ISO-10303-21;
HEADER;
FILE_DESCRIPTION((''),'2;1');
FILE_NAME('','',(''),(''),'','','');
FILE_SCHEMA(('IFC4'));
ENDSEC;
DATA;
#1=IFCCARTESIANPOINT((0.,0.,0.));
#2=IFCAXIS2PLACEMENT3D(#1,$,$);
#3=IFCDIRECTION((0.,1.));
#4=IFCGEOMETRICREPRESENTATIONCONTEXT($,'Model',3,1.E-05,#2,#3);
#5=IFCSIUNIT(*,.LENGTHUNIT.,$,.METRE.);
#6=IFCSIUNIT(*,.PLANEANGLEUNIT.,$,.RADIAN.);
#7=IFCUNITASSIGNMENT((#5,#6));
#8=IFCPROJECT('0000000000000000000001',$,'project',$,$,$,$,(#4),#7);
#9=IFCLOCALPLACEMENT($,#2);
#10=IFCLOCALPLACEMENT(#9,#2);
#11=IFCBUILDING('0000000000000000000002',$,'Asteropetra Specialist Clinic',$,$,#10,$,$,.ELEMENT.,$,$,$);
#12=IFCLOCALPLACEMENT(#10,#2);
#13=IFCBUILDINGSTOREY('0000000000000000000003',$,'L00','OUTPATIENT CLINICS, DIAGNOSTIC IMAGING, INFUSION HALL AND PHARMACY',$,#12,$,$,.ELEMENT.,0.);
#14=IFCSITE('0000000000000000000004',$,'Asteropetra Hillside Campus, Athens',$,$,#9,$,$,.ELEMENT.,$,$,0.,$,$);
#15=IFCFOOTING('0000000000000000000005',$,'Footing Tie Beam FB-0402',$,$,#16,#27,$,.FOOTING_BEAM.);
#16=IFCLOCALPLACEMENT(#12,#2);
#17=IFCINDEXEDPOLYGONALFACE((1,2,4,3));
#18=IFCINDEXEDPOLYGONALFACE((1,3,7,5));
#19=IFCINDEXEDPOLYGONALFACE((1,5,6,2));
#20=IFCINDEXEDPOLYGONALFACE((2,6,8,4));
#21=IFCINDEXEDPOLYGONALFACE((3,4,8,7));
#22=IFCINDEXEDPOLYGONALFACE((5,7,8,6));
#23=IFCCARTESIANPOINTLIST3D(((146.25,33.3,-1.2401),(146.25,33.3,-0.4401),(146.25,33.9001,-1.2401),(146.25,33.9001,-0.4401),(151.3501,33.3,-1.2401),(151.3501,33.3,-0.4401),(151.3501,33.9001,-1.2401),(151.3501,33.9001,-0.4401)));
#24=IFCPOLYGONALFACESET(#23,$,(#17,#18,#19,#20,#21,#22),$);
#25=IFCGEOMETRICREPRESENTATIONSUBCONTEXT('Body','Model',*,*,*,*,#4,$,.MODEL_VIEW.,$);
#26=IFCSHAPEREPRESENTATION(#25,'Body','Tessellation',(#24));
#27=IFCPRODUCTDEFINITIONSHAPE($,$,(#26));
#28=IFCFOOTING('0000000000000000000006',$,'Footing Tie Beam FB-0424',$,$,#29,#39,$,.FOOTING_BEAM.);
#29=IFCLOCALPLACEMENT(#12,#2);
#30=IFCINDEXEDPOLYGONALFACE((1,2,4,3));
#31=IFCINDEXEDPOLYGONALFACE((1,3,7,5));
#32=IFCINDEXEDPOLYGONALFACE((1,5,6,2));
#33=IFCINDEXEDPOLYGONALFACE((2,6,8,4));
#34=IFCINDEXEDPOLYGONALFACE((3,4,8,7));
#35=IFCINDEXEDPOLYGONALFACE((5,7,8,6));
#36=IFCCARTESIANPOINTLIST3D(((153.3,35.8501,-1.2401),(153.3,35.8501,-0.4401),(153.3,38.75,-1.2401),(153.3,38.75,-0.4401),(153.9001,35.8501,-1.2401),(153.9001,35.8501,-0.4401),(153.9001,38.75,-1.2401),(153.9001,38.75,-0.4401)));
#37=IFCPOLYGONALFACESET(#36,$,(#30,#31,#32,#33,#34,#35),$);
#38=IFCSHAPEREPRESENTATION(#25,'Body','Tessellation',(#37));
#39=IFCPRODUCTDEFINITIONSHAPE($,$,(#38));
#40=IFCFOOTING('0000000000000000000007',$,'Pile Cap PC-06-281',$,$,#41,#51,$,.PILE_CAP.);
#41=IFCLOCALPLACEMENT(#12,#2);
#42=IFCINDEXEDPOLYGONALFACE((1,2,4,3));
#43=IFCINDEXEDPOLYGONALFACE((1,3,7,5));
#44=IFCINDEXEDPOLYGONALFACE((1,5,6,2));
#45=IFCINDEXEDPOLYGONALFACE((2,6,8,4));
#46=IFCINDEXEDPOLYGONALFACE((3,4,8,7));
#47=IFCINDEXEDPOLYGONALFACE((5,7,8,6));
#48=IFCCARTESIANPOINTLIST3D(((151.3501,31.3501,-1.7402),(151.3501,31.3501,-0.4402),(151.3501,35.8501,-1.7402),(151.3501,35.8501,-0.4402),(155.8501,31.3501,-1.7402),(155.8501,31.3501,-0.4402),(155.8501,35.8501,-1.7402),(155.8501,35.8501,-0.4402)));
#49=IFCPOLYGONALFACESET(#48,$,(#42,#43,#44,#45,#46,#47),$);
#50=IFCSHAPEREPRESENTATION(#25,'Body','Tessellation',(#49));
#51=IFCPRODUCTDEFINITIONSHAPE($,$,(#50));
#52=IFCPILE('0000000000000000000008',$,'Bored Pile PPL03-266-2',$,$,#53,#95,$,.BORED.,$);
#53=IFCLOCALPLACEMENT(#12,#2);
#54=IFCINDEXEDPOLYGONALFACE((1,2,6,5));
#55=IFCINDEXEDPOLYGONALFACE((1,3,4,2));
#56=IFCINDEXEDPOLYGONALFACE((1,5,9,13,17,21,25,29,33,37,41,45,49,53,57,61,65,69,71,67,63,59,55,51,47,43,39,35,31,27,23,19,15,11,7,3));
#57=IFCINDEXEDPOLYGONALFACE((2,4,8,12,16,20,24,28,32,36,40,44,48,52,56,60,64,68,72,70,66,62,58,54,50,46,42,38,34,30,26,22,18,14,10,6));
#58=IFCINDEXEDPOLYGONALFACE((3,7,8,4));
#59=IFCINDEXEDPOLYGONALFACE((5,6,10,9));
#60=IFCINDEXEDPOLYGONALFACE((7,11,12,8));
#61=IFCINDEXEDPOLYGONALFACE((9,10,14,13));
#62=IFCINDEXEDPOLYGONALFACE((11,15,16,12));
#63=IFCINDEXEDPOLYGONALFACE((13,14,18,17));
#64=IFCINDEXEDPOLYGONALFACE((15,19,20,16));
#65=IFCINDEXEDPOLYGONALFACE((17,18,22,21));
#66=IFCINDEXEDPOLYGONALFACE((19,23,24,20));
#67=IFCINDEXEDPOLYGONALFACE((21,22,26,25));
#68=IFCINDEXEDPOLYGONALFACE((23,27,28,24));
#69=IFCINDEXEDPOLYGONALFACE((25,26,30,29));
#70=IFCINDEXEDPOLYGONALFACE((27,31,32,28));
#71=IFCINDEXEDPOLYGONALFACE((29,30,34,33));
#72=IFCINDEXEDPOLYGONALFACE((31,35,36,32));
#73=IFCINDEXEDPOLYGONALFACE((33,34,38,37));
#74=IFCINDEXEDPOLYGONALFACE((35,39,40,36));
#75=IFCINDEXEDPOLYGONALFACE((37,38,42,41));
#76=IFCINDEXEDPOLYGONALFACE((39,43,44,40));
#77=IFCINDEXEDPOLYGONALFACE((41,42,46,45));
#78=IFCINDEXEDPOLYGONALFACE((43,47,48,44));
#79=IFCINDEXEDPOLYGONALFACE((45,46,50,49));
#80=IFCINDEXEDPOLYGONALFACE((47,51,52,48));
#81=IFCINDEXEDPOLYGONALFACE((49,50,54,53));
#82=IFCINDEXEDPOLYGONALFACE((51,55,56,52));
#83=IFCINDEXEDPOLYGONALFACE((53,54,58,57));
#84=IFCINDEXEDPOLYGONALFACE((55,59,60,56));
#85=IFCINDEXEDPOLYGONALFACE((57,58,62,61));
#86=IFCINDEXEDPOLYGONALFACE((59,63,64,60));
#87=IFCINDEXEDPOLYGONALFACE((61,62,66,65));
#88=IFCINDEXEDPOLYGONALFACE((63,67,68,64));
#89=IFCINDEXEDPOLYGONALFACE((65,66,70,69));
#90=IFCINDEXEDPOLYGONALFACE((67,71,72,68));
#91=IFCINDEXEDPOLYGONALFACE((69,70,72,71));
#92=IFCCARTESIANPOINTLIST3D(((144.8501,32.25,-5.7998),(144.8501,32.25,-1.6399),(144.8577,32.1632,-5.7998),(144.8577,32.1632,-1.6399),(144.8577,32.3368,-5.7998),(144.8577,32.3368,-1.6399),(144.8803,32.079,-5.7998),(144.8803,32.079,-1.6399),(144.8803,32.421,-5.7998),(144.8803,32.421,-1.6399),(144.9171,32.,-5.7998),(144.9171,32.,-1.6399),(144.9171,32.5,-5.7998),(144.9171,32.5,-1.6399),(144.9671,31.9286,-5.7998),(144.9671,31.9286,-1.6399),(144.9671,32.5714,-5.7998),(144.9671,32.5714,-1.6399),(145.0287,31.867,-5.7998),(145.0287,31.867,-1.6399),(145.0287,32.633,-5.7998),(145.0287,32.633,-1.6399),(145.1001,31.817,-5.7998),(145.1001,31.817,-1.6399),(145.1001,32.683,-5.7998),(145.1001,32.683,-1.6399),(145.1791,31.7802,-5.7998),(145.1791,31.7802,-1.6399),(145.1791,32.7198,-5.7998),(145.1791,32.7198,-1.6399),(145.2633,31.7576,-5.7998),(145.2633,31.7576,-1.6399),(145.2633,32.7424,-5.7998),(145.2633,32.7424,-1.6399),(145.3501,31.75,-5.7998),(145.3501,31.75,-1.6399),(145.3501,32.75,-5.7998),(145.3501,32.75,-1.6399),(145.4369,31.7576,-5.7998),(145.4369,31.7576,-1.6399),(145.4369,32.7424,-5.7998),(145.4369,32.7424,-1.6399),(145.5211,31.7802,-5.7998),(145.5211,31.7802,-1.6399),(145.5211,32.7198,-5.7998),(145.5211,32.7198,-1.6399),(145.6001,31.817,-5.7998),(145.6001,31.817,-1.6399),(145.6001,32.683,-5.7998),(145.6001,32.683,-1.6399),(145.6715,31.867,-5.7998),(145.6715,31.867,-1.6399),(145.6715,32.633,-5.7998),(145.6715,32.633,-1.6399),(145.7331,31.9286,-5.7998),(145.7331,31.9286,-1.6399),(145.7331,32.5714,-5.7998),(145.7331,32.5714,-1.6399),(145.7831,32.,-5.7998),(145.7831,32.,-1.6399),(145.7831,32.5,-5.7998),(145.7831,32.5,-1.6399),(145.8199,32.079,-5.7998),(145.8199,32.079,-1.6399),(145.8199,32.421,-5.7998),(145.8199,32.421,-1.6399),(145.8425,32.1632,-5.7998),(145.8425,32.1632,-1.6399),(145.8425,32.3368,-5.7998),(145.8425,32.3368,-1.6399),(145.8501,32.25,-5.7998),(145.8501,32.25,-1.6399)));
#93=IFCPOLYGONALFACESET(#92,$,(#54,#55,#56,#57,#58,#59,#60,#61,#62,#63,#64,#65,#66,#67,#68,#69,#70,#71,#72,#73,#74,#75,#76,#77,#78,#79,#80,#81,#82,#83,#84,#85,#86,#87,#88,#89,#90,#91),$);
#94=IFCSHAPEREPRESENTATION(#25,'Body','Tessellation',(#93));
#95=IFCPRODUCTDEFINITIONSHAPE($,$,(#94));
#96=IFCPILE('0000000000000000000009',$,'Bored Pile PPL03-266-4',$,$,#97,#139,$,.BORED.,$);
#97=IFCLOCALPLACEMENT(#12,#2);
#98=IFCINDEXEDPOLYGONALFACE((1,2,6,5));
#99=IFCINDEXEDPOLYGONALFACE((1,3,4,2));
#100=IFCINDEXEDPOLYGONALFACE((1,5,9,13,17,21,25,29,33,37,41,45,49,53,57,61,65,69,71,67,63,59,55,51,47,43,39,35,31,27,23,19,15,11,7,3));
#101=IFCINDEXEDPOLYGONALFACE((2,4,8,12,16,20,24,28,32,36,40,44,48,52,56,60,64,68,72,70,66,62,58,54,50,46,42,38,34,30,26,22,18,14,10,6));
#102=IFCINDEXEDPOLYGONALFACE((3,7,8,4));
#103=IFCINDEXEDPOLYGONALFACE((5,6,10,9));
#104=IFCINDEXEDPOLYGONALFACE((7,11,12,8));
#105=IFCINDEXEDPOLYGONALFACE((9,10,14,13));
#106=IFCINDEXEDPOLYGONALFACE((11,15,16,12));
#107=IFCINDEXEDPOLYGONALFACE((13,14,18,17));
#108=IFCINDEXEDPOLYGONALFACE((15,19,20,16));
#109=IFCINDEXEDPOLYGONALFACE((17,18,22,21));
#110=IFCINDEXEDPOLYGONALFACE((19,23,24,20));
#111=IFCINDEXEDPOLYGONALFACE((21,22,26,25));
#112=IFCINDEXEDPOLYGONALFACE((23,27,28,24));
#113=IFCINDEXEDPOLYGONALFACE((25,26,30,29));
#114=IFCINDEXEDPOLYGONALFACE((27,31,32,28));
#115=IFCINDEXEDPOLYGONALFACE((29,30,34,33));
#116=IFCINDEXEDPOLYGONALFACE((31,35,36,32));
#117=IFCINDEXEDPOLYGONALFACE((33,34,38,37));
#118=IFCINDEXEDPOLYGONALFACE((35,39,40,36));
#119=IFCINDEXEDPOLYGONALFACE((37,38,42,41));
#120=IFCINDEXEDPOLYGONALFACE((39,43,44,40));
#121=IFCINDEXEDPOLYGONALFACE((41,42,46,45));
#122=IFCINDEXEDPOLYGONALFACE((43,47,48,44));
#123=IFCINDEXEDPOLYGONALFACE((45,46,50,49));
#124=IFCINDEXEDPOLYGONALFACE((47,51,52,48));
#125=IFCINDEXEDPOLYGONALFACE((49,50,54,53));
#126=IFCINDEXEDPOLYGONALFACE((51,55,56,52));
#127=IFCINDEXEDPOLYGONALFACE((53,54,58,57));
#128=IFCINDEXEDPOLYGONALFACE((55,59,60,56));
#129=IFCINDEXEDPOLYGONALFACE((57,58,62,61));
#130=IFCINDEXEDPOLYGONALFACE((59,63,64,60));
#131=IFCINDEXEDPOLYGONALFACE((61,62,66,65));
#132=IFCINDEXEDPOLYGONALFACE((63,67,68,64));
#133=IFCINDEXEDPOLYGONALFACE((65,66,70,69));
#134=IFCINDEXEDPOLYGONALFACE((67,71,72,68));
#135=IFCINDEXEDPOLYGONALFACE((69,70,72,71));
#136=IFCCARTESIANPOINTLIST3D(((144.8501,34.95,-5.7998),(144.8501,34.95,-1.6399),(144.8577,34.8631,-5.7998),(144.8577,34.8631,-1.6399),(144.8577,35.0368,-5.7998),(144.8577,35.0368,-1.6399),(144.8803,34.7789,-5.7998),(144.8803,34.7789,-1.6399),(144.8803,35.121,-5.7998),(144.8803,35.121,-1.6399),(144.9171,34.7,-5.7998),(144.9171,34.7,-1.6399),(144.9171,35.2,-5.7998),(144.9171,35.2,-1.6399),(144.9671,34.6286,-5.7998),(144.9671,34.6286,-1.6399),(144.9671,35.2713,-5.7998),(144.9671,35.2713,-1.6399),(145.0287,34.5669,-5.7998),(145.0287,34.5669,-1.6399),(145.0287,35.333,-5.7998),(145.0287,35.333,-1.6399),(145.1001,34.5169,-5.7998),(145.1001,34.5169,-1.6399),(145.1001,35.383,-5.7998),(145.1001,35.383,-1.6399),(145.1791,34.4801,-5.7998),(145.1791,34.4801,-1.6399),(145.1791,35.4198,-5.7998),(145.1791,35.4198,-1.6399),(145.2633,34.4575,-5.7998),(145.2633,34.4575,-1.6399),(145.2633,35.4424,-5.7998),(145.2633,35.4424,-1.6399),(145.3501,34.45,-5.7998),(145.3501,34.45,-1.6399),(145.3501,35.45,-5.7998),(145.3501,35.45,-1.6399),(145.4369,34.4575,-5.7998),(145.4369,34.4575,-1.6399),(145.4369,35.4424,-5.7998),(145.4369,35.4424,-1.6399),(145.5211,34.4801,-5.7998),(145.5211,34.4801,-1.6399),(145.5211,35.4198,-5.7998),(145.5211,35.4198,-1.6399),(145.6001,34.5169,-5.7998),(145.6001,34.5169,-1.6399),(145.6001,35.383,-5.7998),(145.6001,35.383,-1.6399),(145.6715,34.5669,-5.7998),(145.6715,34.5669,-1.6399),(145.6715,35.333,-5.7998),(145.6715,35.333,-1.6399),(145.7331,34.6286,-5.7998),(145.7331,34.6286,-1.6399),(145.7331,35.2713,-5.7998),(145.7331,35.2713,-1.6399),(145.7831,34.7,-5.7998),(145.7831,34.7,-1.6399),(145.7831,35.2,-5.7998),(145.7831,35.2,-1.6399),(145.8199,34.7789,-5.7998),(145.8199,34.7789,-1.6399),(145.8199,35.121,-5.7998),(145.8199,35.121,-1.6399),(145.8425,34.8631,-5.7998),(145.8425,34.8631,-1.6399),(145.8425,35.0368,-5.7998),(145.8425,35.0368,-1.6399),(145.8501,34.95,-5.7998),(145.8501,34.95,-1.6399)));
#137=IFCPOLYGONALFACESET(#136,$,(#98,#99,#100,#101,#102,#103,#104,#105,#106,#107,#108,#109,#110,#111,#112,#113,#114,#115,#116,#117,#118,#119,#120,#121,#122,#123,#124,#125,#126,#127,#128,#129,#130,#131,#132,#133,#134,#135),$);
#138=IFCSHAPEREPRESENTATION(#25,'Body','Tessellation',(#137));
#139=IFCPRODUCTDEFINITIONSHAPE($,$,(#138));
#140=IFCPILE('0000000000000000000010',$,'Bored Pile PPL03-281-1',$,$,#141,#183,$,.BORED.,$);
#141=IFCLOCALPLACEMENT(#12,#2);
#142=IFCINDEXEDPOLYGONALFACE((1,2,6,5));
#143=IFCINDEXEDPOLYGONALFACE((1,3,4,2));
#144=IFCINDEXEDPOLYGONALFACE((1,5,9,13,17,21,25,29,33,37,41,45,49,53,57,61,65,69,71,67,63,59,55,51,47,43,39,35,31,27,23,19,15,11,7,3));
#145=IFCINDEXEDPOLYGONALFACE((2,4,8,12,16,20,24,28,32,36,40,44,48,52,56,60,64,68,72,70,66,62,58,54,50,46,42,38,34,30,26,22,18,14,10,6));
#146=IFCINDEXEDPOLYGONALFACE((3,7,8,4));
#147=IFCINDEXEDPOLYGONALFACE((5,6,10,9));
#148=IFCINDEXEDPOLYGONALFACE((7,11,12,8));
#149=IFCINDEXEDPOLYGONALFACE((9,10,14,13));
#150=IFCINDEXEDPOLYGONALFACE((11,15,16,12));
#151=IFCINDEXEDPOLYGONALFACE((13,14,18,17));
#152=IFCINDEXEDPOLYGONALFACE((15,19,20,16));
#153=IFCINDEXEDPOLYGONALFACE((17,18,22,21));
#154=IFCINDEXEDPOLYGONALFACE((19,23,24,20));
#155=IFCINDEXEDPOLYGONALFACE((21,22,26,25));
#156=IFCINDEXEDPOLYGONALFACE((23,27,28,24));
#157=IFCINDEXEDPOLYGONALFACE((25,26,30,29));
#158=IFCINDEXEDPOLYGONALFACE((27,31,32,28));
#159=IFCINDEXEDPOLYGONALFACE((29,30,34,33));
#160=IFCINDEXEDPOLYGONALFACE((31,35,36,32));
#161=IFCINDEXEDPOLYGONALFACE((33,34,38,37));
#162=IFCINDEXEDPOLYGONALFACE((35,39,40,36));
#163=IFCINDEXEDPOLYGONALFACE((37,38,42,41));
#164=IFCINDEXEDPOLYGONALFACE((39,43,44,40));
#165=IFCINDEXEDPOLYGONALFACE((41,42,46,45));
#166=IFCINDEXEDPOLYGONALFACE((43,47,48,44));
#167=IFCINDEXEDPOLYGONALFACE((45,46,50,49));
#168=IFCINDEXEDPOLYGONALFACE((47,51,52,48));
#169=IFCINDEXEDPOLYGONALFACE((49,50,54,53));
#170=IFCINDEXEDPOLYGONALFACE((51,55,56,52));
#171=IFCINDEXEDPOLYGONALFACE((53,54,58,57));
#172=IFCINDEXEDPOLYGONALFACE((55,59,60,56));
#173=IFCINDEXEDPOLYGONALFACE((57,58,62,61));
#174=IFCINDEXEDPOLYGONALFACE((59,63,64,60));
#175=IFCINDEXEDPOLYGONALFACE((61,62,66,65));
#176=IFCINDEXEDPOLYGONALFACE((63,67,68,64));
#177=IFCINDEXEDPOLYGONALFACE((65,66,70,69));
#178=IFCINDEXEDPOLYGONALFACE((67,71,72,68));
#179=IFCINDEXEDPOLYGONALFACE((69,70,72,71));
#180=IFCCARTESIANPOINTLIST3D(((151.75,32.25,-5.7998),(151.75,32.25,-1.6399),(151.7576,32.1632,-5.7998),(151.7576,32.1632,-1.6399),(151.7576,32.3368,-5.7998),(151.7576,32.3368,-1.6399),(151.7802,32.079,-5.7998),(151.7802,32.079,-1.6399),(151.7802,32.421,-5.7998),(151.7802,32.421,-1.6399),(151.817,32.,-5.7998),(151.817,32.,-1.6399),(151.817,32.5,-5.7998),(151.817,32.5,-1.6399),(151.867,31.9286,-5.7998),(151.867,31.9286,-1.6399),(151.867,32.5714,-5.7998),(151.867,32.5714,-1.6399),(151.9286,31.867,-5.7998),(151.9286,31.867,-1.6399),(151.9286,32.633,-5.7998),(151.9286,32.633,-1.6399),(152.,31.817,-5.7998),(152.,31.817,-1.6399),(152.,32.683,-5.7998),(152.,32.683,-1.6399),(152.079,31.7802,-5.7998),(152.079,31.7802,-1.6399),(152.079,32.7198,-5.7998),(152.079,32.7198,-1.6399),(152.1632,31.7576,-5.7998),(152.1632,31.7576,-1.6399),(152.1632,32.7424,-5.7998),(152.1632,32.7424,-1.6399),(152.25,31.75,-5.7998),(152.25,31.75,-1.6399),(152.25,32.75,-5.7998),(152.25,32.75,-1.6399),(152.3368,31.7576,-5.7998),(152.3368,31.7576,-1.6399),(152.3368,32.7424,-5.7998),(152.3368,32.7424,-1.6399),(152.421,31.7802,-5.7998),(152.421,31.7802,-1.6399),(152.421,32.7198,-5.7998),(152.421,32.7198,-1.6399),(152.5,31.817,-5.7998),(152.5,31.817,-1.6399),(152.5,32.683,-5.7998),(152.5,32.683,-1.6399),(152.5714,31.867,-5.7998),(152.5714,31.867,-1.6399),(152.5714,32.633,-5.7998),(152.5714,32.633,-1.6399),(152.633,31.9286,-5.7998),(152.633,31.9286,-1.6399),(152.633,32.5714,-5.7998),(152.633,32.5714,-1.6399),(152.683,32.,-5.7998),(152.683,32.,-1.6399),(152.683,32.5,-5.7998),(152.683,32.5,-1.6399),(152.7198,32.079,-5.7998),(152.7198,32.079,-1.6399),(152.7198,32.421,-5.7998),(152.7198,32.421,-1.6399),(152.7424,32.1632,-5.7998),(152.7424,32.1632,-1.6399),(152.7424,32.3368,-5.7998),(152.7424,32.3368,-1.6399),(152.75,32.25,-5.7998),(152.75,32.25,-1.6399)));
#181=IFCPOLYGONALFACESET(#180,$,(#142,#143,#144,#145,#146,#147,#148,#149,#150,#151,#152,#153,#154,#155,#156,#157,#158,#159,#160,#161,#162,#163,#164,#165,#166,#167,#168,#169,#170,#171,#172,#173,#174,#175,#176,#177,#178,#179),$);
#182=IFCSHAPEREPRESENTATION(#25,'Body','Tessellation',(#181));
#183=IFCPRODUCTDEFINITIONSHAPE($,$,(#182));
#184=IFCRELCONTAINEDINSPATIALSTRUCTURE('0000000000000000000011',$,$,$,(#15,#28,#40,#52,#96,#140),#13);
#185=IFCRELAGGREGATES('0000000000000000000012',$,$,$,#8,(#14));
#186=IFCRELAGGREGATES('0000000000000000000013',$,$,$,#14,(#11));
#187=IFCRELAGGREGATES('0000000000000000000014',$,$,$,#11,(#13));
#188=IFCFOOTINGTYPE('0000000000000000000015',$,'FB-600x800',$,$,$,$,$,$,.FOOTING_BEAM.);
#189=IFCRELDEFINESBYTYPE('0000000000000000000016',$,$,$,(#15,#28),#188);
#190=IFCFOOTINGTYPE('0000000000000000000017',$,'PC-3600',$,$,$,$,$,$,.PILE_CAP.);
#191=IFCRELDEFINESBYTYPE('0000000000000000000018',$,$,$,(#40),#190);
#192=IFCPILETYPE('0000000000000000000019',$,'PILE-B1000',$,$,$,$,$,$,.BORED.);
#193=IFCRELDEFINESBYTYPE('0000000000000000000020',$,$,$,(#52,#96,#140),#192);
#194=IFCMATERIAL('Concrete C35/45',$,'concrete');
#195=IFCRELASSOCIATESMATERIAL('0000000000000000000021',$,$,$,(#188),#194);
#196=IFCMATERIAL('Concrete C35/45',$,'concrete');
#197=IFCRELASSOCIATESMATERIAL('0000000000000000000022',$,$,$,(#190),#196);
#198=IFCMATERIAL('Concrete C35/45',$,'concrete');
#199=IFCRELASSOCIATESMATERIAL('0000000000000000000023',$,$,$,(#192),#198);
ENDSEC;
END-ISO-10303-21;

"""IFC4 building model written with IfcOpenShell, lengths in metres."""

from ifc_helpers import new_model, si_unit, direction, frame, origin, origin_2d, place, context, subcontext, project, spatial, rectangle, circle, extrude, material, material_profile, profile_set, type_object, element, save


model = new_model("IFC4")

# Units and contexts
model_context = context("Model", 3, precision=1e-05, world=origin(), true_north=direction((0.0, 1.0)))
body_context = subcontext(model_context, "Body", "Model", "MODEL_VIEW")
ifc_project = project(units=[si_unit("LENGTHUNIT", "METRE"), si_unit("PLANEANGLEUNIT", "RADIAN")], contexts=[model_context])

# Site, building, storey
site_placement = place(None, origin())
site = spatial("IfcSite", under=ifc_project, at=site_placement, Name="Asteropetra Hillside Campus, Athens", CompositionType="ELEMENT", RefElevation=0.0)
building_placement = place(site_placement, origin())
building = spatial("IfcBuilding", under=site, at=building_placement, Name="Asteropetra Specialist Clinic", CompositionType="ELEMENT")
storey_placement = place(building_placement, origin())
storey = spatial("IfcBuildingStorey", under=building, at=storey_placement, Name="L00", Description="OUTPATIENT CLINICS, DIAGNOSTIC IMAGING, INFUSION HALL AND PHARMACY", CompositionType="ELEMENT", Elevation=0.0)

# Footings
ifc_material_1 = material(Name="Concrete C35/45", Category="concrete")
ifc_material_profile_1 = material_profile(ifc_material_1, rectangle(XDim=0.6001, YDim=0.8, at=origin_2d()), Name="FB 600x800")
ifc_profile_set_1 = profile_set([ifc_material_profile_1], Name="Concrete C35/45")
footing_type_1 = type_object("IfcFootingType", Name="FB-600x800", PredefinedType="FOOTING_BEAM", material=ifc_profile_set_1)
footing_1_placement = place(storey_placement, frame((146.25, 33.6001, -0.8401), z_axis=(1.0, 0.0, 0.0), x_axis=(0.0, 1.0, 0.0)))
element("IfcFooting", 1, at=footing_1_placement, inside=storey, type_object=footing_type_1, Name="Footing Tie Beam FB-0402", PredefinedType="FOOTING_BEAM", context=body_context, shape_type="SweptSolid", body=[
    extrude(rectangle(XDim=0.6001, YDim=0.8, at=origin_2d()), origin(), (0.0, 0.0, 1.0), 5.1001),
])
footing_2_placement = place(storey_placement, frame((153.6001, 35.8501, -0.8401), z_axis=(0.0, 1.0, 0.0), x_axis=(-1.0, 0.0, 0.0)))
element("IfcFooting", 2, at=footing_2_placement, inside=storey, type_object=footing_type_1, Name="Footing Tie Beam FB-0424", PredefinedType="FOOTING_BEAM", context=body_context, shape_type="SweptSolid", body=[
    extrude(rectangle(XDim=0.6001, YDim=0.8, at=origin_2d()), origin(), (0.0, 0.0, 1.0), 2.8999),
])
ifc_material_2 = material(Name="Concrete C35/45", Category="concrete")
footing_type_2 = type_object("IfcFootingType", Name="PC-3600", PredefinedType="PILE_CAP", material=ifc_material_2)
footing_3_placement = place(storey_placement, frame((153.6001, 33.6001, -1.7402), z_axis=(0.0, 0.0, 1.0), x_axis=(1.0, 0.0, 0.0)))
element("IfcFooting", 3, at=footing_3_placement, inside=storey, type_object=footing_type_2, Name="Pile Cap PC-06-281", PredefinedType="PILE_CAP", context=body_context, shape_type="SweptSolid", body=[
    extrude(rectangle(XDim=4.5, YDim=4.5, at=origin_2d()), origin(), (0.0, 0.0, 1.0), 1.3),
])

# Piles
ifc_material_3 = material(Name="Concrete C35/45", Category="concrete")
ifc_material_profile_2 = material_profile(ifc_material_3, circle(Radius=0.5, at=origin_2d()), Name="PILE D1000")
ifc_profile_set_2 = profile_set([ifc_material_profile_2], Name="Concrete C35/45")
pile_type = type_object("IfcPileType", Name="PILE-B1000", PredefinedType="BORED", material=ifc_profile_set_2)
for number, where, z_axis, x_axis, name in (
    (4, (145.3501, 32.25, -1.6399), (0.0, 0.0, -1.0), (1.0, 0.0, 0.0), "Bored Pile PPL03-266-2"),
    (5, (145.3501, 34.95, -1.6399), (0.0, 0.0, -1.0), (1.0, 0.0, 0.0), "Bored Pile PPL03-266-4"),
    (6, (152.25, 32.25, -1.6399), (0.0, 0.0, -1.0), (1.0, 0.0, 0.0), "Bored Pile PPL03-281-1"),
):
    element("IfcPile", number, at=place(storey_placement, frame(where, z_axis=z_axis, x_axis=x_axis)), inside=storey, type_object=pile_type, Name=name, PredefinedType="BORED", context=body_context, shape_type="SweptSolid", body=[
        extrude(circle(Radius=0.5, at=origin_2d()), origin(), (0.0, 0.0, 1.0), 4.1599),
    ])

save(model, "model.ifc")
